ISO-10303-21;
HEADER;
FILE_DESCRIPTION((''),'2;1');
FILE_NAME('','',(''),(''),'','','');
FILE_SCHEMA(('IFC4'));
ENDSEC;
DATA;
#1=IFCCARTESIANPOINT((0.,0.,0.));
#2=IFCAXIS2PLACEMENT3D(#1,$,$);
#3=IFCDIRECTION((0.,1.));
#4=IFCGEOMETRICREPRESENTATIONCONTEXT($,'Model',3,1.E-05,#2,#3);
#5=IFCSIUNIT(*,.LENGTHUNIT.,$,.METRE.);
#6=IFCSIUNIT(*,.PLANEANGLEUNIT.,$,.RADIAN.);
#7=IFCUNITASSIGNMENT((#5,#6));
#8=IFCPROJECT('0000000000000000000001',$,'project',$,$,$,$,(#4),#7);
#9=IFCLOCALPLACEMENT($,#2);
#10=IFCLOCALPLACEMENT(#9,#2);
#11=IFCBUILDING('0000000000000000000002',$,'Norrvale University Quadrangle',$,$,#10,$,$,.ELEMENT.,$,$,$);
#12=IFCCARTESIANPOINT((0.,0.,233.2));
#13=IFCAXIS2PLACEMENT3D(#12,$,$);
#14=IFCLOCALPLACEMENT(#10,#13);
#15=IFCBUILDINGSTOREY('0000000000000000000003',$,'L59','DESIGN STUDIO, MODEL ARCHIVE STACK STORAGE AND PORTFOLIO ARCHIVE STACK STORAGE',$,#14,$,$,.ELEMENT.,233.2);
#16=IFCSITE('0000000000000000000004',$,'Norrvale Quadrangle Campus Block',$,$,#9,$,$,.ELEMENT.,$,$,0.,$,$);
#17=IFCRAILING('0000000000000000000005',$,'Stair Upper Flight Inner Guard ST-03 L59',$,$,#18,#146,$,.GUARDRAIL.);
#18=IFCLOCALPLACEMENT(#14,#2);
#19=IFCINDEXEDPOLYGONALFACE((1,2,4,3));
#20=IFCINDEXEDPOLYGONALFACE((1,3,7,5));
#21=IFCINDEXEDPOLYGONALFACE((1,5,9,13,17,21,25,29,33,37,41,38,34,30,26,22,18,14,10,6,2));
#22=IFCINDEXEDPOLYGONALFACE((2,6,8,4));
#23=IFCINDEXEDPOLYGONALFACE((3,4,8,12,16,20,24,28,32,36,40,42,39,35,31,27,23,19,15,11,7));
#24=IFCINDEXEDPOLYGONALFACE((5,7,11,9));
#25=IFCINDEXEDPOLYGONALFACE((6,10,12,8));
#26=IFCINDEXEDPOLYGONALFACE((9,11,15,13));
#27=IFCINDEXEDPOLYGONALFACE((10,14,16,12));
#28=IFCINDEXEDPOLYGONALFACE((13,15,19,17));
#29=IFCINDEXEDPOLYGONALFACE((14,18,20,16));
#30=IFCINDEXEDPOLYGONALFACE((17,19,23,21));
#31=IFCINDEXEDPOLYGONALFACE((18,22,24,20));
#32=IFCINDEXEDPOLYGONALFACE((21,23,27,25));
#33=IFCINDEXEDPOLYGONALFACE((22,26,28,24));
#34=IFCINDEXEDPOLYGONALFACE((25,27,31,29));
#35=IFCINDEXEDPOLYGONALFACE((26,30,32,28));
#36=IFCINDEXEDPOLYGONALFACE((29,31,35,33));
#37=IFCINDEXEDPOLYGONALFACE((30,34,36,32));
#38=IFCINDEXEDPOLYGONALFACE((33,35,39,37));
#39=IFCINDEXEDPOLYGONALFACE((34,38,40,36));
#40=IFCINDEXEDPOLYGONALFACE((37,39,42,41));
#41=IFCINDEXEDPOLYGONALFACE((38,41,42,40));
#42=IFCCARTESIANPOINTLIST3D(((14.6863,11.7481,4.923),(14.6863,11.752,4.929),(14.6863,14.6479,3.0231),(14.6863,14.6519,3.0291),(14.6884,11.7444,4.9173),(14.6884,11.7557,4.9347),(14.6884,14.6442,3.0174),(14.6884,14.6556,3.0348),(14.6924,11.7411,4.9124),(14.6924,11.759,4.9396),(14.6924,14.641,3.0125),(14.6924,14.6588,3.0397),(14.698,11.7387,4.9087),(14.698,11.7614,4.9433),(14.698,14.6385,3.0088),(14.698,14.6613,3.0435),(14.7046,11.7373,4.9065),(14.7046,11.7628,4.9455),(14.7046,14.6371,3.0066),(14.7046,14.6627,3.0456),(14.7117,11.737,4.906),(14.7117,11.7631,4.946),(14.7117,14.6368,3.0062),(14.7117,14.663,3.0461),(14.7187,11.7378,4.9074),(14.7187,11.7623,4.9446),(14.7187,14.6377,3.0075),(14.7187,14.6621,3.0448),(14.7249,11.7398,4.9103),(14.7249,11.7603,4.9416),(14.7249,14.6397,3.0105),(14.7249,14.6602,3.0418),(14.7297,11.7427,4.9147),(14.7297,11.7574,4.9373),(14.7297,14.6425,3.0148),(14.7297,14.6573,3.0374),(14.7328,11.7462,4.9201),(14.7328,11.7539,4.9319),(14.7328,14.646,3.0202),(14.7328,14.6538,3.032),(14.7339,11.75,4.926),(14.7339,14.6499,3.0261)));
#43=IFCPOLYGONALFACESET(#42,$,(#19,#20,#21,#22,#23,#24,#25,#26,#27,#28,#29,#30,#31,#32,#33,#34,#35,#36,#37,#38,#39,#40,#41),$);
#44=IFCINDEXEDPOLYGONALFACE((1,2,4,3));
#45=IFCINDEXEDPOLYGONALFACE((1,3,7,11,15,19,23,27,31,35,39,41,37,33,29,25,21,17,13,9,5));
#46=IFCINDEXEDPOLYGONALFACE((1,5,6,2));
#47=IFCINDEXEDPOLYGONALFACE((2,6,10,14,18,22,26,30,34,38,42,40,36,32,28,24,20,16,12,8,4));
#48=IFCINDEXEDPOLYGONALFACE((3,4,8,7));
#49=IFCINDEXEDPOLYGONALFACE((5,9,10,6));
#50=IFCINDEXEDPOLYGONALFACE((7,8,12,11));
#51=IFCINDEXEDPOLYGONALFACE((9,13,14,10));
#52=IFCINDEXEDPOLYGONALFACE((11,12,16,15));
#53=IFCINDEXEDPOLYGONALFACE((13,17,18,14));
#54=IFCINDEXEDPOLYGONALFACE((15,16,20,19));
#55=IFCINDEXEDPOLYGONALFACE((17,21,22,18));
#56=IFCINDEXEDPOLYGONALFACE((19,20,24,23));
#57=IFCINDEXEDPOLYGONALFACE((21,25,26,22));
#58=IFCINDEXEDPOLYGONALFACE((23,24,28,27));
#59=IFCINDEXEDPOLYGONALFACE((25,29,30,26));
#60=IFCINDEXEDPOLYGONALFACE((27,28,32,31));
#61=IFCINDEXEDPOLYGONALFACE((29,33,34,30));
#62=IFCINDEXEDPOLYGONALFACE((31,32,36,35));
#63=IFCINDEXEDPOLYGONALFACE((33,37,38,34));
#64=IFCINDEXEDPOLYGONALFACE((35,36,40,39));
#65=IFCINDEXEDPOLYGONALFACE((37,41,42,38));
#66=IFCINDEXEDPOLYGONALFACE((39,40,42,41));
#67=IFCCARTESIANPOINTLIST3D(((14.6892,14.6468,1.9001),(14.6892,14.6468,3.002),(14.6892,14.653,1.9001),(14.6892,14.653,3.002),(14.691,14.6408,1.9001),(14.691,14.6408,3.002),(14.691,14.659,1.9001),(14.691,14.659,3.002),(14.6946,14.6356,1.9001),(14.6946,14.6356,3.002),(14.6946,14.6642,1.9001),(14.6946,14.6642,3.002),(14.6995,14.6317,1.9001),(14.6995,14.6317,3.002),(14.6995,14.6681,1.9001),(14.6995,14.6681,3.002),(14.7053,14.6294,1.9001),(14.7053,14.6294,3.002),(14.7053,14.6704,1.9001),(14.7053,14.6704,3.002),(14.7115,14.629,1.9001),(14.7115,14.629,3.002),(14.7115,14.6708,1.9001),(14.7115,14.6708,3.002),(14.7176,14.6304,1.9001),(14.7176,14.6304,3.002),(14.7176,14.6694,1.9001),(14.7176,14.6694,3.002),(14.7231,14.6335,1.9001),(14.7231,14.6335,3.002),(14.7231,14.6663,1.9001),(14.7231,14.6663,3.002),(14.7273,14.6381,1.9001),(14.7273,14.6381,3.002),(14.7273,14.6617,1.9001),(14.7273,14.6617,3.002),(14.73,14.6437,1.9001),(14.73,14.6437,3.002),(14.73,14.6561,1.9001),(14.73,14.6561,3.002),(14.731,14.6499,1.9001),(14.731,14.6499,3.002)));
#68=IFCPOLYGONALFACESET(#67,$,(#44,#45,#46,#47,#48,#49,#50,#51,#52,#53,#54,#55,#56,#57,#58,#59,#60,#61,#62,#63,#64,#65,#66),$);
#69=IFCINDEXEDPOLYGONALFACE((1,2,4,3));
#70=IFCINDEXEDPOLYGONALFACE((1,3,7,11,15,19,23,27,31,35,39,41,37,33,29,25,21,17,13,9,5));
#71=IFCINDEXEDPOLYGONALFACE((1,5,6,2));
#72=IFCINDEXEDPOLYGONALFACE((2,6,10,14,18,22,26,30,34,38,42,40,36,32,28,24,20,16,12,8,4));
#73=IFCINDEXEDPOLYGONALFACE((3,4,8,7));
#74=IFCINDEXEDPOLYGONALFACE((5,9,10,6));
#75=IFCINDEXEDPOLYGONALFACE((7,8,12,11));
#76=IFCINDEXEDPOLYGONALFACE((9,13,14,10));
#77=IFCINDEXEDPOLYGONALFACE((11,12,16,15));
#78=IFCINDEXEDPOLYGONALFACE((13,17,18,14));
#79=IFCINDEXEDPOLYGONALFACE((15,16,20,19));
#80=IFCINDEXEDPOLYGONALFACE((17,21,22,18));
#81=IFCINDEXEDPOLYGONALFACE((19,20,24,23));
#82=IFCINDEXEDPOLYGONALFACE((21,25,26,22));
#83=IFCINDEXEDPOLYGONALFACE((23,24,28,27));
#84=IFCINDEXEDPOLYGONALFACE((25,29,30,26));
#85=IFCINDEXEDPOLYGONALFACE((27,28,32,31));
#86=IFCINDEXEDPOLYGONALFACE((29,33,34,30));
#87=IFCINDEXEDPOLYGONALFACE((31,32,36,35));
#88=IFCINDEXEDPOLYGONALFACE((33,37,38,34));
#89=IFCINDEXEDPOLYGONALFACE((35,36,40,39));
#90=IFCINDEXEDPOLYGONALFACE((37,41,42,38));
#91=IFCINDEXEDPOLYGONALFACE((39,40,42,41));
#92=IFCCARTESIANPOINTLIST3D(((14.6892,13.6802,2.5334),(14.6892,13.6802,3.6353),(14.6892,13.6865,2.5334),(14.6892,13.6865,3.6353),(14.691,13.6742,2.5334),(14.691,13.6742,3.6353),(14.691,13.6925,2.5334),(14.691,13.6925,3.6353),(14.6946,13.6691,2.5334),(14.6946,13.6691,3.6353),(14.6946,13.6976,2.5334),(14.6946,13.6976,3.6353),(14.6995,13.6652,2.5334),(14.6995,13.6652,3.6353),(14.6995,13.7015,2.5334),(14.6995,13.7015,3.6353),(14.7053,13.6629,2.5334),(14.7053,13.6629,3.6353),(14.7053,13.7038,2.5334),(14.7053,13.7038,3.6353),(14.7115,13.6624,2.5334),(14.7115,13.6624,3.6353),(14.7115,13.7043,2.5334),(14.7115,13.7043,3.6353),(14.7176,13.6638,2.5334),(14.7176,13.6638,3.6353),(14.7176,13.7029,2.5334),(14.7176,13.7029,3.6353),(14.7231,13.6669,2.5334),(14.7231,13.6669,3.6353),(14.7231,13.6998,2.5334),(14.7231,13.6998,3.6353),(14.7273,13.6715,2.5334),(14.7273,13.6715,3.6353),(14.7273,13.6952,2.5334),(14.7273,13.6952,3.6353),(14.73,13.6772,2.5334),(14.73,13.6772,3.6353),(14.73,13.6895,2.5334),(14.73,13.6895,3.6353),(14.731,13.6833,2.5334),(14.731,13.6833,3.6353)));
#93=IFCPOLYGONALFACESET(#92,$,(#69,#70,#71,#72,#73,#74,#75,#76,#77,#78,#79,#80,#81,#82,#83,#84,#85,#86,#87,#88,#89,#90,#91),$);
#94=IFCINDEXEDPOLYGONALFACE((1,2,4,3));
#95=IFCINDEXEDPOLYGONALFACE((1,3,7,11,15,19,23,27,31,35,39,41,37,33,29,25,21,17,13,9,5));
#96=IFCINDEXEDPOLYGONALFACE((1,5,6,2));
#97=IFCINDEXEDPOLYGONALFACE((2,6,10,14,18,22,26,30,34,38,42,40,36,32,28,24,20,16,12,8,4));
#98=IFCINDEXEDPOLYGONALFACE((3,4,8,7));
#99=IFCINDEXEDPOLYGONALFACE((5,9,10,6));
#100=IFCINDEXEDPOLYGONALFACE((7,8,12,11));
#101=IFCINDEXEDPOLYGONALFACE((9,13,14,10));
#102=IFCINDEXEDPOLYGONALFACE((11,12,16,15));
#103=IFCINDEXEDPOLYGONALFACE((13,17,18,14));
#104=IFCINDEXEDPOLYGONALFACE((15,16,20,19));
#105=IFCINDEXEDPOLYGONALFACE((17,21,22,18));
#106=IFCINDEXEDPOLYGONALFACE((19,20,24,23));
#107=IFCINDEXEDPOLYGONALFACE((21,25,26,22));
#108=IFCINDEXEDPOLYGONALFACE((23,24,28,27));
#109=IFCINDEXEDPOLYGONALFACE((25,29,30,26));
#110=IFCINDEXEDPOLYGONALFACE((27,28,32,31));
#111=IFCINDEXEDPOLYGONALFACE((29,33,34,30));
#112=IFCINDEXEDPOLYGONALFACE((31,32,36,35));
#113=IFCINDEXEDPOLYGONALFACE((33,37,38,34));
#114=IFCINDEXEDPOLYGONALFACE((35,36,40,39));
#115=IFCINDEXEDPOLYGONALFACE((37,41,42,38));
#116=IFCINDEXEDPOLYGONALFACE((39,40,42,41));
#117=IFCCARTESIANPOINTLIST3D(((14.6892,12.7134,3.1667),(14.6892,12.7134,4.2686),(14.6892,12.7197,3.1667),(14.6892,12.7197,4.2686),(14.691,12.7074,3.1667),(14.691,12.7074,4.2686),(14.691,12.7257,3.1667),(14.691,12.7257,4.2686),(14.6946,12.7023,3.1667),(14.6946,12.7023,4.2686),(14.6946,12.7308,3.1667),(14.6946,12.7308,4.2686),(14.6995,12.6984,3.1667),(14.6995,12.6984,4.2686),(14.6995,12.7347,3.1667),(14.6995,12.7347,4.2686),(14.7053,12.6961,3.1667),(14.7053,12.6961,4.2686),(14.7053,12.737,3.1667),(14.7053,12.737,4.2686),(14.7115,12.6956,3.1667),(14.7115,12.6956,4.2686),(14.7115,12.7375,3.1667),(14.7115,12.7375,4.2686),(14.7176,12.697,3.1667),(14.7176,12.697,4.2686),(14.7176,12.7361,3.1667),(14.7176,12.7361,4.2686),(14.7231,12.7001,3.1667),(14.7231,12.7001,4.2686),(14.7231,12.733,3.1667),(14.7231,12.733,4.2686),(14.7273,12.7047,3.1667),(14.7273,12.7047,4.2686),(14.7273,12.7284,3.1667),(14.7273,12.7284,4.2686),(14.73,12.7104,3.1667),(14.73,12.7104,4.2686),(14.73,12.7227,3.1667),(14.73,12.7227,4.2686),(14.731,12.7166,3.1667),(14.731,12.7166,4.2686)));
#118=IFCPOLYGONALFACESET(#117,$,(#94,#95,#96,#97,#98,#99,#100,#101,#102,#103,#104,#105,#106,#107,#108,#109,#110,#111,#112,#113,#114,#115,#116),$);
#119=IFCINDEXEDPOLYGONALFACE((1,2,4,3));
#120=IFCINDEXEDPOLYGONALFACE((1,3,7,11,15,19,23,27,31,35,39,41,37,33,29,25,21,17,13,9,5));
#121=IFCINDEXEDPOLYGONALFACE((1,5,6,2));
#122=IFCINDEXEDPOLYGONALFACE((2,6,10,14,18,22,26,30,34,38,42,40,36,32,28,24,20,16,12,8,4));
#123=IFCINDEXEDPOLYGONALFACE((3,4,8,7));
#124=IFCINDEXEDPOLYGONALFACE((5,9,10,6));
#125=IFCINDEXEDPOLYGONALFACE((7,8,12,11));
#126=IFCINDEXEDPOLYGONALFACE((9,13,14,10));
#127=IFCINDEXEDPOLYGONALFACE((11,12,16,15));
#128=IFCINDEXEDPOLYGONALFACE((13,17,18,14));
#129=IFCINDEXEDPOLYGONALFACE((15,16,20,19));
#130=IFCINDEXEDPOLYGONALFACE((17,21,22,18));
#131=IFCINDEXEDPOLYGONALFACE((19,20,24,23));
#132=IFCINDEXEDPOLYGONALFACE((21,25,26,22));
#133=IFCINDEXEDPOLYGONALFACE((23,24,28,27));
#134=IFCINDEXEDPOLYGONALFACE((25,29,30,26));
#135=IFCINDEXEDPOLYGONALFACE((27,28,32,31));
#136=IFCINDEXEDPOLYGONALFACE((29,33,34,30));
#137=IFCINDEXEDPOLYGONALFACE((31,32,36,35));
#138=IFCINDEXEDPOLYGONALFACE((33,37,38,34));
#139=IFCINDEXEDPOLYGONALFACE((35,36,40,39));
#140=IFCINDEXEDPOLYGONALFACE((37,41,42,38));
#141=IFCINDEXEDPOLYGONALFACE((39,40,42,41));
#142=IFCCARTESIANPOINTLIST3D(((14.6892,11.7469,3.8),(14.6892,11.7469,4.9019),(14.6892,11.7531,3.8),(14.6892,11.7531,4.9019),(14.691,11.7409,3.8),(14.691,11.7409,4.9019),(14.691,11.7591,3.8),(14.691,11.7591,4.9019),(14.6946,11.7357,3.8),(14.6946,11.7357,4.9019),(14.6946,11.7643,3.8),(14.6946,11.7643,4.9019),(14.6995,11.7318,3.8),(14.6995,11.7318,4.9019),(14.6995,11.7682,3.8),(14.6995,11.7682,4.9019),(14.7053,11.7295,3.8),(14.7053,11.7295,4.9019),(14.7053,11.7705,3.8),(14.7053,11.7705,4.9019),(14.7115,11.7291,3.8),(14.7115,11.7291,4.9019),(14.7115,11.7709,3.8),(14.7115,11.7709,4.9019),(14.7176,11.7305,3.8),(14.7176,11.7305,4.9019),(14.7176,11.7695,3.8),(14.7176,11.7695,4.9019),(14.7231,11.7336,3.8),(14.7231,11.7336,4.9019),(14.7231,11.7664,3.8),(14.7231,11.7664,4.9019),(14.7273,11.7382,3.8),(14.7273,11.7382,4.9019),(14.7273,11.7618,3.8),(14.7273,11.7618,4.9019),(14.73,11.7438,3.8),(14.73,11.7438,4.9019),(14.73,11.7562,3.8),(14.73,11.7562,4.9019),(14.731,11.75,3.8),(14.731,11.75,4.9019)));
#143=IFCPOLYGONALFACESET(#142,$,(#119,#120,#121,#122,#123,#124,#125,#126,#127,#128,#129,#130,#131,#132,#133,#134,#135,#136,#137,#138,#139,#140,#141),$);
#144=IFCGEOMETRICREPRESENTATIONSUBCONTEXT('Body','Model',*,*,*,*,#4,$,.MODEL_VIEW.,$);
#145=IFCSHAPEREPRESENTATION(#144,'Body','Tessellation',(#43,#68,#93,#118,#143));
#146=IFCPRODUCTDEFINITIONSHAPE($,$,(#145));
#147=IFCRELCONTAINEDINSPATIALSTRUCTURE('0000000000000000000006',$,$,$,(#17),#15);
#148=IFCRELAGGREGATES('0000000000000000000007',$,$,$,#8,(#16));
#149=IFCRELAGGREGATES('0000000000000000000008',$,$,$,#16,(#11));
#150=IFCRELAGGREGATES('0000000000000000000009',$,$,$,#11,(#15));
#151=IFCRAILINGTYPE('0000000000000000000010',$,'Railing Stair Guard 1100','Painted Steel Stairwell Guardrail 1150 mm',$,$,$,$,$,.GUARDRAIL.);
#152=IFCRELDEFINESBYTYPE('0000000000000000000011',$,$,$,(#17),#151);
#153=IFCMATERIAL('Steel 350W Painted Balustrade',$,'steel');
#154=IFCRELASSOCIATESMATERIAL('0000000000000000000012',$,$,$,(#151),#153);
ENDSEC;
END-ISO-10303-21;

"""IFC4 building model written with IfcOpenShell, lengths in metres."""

from ifc_helpers import new_model, si_unit, direction, frame, origin, origin_2d, place, context, subcontext, project, spatial, circle, extrude, material, type_object, element, save


model = new_model("IFC4")

# Units and contexts
model_context = context("Model", 3, precision=1e-05, world=origin(), true_north=direction((0.0, 1.0)))
body_context = subcontext(model_context, "Body", "Model", "MODEL_VIEW")
ifc_project = project(units=[si_unit("LENGTHUNIT", "METRE"), si_unit("PLANEANGLEUNIT", "RADIAN")], contexts=[model_context])

# Site, building, storey
site_placement = place(None, origin())
site = spatial("IfcSite", under=ifc_project, at=site_placement, Name="Norrvale Quadrangle Campus Block", CompositionType="ELEMENT", RefElevation=0.0)
building_placement = place(site_placement, origin())
building = spatial("IfcBuilding", under=site, at=building_placement, Name="Norrvale University Quadrangle", CompositionType="ELEMENT")
storey_placement = place(building_placement, frame((0.0, 0.0, 233.2)))
storey = spatial("IfcBuildingStorey", under=building, at=storey_placement, Name="L59", Description="DESIGN STUDIO, MODEL ARCHIVE STACK STORAGE AND PORTFOLIO ARCHIVE STACK STORAGE", CompositionType="ELEMENT", Elevation=233.2)

# Railing
ifc_material_1 = material(Name="Steel 350W Painted Balustrade", Category="steel")
railing_type_1 = type_object("IfcRailingType", Name="Railing Stair Guard 1100", Description="Painted Steel Stairwell Guardrail 1150 mm", PredefinedType="GUARDRAIL", material=ifc_material_1)
railing_1_placement = place(storey_placement, frame((14.71, 14.6499, 1.9001)))
element("IfcRailing", 1, at=railing_1_placement, inside=storey, type_object=railing_type_1, Name="Stair Upper Flight Inner Guard ST-03 L59", PredefinedType="GUARDRAIL", context=body_context, shape_type="SweptSolid", body=[
    extrude(circle(Radius=0.0239, at=origin_2d()), frame((0.0, 0.0, 1.126), z_axis=(0.0, -0.836466, 0.548019), x_axis=(1.0, 0.0, 0.0)), (0.0, 0.0, 1.0), 3.4668),
    extrude(circle(Radius=0.021, at=origin_2d()), origin(), (0.0, 0.0, 1.0), 1.1018),
    extrude(circle(Radius=0.021, at=origin_2d()), frame((0.0, -0.9666, 0.6333)), (0.0, 0.0, 1.0), 1.1018),
    extrude(circle(Radius=0.021, at=origin_2d()), frame((0.0, -1.9333, 1.2666)), (0.0, 0.0, 1.0), 1.1018),
    extrude(circle(Radius=0.021, at=origin_2d()), frame((0.0, -2.8999, 1.8999)), (0.0, 0.0, 1.0), 1.1018),
])

save(model, "model.ifc")
